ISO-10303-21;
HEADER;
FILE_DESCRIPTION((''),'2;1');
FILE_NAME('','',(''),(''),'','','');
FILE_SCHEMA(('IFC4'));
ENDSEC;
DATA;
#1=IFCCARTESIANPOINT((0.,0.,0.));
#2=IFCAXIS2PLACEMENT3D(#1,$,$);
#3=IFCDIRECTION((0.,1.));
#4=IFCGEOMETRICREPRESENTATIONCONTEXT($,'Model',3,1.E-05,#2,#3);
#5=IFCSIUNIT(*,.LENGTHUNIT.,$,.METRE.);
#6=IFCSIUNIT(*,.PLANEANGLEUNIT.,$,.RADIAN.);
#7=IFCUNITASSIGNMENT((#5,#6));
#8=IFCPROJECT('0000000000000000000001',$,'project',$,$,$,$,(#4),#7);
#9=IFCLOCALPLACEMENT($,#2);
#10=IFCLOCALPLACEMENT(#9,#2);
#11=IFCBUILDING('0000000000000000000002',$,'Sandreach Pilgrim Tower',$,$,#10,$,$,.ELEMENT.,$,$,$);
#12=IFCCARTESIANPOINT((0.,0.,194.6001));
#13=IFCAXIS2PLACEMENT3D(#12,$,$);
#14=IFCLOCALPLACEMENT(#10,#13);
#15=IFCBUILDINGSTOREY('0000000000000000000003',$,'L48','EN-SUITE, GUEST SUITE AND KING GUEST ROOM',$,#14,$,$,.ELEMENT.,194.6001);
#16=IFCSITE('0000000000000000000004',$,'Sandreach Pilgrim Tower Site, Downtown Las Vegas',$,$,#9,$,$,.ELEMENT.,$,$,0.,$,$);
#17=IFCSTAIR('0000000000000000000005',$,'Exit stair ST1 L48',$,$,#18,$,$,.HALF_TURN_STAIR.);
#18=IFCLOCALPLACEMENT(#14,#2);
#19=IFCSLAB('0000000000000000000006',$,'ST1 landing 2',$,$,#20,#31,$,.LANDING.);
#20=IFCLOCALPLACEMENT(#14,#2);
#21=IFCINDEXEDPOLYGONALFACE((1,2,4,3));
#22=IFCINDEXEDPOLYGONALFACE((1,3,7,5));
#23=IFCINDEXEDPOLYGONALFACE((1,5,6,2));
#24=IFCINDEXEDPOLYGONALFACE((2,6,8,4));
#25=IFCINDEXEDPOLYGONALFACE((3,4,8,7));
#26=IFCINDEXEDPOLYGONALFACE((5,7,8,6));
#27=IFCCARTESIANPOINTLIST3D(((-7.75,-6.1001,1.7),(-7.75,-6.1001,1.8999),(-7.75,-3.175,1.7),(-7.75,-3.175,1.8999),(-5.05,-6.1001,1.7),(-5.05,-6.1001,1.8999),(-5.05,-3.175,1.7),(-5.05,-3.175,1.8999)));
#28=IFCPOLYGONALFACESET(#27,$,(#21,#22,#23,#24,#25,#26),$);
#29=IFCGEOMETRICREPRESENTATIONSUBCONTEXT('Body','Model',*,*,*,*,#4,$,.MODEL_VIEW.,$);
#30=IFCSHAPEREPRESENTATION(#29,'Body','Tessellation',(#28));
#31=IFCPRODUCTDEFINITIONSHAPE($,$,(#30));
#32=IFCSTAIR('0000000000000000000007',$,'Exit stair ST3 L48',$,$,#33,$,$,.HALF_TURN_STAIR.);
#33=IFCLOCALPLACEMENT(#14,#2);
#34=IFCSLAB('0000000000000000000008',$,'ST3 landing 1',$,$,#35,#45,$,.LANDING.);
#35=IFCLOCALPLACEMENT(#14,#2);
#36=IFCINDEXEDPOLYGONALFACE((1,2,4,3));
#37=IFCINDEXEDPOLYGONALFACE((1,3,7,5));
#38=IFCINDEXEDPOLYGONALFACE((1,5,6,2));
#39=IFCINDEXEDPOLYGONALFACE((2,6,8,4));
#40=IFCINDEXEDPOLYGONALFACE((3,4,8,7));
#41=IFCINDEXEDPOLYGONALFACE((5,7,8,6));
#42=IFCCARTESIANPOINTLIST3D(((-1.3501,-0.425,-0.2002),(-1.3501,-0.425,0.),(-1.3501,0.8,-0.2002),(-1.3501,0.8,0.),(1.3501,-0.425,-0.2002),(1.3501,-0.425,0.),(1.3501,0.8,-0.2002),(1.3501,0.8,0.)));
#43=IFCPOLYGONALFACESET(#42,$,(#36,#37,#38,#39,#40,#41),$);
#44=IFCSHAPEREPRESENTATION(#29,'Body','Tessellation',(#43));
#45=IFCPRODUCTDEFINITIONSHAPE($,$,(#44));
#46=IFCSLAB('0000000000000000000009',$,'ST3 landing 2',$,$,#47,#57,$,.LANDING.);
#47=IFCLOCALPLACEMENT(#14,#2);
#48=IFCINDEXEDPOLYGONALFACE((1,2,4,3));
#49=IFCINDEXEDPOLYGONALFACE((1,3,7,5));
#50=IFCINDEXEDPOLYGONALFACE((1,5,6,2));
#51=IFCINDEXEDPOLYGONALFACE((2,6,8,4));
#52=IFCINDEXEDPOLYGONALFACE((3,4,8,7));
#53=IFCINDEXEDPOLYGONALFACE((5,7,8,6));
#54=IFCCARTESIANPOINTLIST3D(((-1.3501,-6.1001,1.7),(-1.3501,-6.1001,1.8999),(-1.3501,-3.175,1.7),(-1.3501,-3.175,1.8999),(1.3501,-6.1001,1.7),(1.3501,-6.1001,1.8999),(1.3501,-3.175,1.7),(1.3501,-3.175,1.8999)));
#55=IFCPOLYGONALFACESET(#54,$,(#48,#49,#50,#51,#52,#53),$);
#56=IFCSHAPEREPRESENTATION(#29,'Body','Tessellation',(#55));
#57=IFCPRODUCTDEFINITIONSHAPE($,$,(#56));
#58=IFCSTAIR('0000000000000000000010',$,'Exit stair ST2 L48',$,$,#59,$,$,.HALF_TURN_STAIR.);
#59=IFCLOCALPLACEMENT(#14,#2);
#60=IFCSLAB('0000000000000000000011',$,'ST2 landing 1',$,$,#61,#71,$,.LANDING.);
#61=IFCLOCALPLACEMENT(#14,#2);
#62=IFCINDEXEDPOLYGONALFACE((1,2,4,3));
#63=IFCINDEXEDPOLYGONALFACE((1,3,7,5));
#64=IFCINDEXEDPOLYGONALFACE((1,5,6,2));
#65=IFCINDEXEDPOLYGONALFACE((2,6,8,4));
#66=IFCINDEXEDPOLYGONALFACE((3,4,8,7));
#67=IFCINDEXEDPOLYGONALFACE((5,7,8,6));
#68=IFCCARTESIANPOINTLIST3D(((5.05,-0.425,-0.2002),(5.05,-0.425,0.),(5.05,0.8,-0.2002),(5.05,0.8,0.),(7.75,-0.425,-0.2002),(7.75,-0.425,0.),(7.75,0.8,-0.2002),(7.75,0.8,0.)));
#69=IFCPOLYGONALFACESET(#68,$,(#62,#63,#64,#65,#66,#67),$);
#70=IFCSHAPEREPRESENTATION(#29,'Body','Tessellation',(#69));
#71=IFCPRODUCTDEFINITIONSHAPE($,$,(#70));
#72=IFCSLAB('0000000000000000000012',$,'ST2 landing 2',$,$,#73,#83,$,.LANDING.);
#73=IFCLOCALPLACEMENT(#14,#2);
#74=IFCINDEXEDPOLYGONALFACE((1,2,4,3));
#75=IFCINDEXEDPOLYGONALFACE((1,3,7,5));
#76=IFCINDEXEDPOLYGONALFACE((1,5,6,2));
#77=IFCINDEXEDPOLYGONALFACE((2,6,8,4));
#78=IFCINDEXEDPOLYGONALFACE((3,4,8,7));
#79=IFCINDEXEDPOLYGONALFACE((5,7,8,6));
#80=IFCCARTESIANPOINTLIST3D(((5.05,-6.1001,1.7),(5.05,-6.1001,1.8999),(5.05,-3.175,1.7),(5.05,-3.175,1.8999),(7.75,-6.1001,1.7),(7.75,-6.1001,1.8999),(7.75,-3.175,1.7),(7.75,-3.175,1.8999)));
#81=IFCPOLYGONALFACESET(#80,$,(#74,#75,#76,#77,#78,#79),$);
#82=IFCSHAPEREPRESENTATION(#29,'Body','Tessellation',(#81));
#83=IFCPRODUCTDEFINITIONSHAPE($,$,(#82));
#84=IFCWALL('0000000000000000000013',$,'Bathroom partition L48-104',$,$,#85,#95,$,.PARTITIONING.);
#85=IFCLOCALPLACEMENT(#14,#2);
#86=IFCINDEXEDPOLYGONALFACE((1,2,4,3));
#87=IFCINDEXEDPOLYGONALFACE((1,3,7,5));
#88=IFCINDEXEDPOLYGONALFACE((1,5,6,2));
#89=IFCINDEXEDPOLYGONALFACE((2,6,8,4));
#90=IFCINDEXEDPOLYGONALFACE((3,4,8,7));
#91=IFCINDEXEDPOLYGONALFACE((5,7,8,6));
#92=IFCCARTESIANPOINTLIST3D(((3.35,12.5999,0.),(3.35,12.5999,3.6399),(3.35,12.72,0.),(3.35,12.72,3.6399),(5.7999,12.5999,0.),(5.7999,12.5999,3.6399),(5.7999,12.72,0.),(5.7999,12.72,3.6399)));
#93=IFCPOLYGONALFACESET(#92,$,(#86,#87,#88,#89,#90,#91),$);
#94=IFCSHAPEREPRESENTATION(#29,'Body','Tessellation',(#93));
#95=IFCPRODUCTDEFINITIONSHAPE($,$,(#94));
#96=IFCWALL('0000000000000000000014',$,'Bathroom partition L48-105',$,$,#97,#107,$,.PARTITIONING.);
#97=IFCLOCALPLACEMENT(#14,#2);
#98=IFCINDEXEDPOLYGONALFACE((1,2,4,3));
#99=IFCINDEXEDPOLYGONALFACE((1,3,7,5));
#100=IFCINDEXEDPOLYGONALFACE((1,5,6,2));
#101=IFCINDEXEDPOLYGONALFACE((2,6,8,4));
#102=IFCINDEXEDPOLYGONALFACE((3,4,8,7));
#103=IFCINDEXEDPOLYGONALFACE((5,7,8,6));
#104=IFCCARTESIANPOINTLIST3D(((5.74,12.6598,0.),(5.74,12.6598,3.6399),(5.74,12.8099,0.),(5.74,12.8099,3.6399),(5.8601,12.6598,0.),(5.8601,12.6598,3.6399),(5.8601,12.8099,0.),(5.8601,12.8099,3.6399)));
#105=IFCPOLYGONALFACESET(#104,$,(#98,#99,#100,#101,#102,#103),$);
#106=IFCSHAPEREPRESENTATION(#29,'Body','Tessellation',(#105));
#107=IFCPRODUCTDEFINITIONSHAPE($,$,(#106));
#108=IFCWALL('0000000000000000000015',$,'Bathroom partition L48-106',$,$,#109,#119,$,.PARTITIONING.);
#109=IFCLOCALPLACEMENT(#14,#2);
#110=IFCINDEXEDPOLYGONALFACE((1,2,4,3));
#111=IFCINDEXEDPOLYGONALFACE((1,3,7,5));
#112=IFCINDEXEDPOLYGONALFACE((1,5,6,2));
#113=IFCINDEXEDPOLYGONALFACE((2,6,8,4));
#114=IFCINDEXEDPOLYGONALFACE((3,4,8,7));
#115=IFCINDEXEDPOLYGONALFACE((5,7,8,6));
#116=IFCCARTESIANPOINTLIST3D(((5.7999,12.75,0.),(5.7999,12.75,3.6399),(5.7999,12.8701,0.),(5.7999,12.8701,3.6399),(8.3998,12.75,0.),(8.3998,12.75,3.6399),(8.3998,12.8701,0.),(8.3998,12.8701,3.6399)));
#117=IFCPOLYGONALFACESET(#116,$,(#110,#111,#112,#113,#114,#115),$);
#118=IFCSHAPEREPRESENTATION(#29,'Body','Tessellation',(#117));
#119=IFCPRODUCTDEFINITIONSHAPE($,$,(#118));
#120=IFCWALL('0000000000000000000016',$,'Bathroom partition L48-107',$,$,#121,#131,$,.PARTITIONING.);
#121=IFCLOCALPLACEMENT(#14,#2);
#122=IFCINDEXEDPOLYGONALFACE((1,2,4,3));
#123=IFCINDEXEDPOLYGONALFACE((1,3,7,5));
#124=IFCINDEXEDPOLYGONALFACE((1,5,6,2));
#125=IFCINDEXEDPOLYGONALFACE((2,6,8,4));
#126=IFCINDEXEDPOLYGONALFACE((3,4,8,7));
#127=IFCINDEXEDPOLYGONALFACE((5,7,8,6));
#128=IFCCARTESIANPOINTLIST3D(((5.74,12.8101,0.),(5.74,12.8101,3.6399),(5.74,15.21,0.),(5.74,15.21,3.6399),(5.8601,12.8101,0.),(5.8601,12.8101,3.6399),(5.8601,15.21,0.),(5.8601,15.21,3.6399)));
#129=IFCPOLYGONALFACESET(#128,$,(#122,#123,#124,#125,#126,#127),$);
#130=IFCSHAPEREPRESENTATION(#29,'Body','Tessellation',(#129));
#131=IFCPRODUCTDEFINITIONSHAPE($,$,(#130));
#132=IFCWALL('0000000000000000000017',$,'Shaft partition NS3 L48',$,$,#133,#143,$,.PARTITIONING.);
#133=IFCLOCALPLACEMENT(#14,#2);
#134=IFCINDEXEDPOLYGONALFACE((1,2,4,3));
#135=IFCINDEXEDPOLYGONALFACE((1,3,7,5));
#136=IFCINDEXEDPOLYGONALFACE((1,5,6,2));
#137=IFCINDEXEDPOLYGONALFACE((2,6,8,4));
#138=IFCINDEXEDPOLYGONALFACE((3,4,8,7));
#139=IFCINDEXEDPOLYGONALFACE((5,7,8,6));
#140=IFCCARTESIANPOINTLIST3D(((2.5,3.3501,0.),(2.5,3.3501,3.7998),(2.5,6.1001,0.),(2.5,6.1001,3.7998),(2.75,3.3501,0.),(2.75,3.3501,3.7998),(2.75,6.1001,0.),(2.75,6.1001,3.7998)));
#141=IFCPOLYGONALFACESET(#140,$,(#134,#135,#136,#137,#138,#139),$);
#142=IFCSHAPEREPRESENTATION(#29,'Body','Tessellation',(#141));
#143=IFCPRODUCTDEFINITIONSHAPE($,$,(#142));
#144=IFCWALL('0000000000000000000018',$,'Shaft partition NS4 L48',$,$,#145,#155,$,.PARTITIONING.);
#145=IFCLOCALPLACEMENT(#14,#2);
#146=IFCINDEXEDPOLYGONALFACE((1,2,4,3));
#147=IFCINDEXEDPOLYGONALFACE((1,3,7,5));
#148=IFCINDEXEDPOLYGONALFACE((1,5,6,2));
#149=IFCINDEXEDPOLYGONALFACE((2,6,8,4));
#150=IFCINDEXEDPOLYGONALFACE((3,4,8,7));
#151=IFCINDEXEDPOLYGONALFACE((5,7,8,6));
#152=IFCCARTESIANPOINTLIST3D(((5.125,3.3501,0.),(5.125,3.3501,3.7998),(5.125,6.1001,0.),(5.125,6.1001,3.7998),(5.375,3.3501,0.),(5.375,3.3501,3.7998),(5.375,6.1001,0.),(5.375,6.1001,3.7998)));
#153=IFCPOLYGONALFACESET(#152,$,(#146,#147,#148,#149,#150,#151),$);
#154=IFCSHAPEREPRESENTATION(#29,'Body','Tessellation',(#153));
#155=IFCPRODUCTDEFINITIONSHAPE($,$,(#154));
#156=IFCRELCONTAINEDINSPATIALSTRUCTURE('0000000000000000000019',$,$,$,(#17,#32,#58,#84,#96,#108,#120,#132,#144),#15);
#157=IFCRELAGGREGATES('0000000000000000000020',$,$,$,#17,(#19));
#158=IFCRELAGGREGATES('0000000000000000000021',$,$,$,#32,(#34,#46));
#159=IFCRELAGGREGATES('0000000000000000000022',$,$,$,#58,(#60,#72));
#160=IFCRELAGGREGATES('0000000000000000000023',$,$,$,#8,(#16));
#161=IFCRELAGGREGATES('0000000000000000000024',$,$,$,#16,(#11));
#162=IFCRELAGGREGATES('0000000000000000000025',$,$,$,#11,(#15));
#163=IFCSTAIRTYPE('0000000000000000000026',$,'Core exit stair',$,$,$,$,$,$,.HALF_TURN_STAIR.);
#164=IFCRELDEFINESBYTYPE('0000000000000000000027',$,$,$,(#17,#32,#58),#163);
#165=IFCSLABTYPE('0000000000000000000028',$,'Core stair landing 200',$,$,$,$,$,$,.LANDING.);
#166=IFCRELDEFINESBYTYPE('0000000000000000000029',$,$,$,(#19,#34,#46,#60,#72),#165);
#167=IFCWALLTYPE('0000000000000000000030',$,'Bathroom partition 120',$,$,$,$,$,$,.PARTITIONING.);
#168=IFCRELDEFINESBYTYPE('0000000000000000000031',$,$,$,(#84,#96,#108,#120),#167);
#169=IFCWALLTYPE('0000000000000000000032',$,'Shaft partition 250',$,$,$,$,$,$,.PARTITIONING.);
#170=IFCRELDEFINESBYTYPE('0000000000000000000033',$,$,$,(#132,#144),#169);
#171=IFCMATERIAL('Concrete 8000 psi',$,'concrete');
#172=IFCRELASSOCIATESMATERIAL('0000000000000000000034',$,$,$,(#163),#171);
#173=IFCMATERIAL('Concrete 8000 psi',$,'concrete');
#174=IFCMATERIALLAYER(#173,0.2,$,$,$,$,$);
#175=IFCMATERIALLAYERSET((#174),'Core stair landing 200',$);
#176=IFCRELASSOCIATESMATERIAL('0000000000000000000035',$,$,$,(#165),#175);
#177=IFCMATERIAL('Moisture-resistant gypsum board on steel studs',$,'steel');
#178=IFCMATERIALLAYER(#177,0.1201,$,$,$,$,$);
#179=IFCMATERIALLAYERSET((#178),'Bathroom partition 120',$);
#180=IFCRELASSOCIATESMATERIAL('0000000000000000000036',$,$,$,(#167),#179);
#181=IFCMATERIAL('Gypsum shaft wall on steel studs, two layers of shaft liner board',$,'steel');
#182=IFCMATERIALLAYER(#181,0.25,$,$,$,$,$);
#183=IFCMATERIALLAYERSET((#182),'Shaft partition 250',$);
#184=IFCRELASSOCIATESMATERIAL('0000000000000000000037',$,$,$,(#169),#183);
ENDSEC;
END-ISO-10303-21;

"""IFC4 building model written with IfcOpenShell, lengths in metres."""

from ifc_helpers import new_model, si_unit, direction, frame, frame_2d, origin, place, context, subcontext, project, spatial, polyline, rectangle, outline, extrude, material, layer, layer_set, type_object, element, aggregate, save


model = new_model("IFC4")

# Units and contexts
model_context = context("Model", 3, precision=1e-05, world=origin(), true_north=direction((0.0, 1.0)))
body_context = subcontext(model_context, "Body", "Model", "MODEL_VIEW")
ifc_project = project(units=[si_unit("LENGTHUNIT", "METRE"), si_unit("PLANEANGLEUNIT", "RADIAN")], contexts=[model_context])

# Site, building, storey
site_placement = place(None, origin())
site = spatial("IfcSite", under=ifc_project, at=site_placement, Name="Sandreach Pilgrim Tower Site, Downtown Las Vegas", CompositionType="ELEMENT", RefElevation=0.0)
building_placement = place(site_placement, origin())
building = spatial("IfcBuilding", under=site, at=building_placement, Name="Sandreach Pilgrim Tower", CompositionType="ELEMENT")
storey_placement = place(building_placement, frame((0.0, 0.0, 194.6001)))
storey = spatial("IfcBuildingStorey", under=building, at=storey_placement, Name="L48", Description="EN-SUITE, GUEST SUITE AND KING GUEST ROOM", CompositionType="ELEMENT", Elevation=194.6001)

# Stair, slab
ifc_material_1 = material(Name="Concrete 8000 psi", Category="concrete")
stair_type = type_object("IfcStairType", Name="Core exit stair", PredefinedType="HALF_TURN_STAIR", material=ifc_material_1)
stair_1_placement = place(storey_placement, origin())
stair_1 = element("IfcStair", 1, at=stair_1_placement, inside=storey, type_object=stair_type, Name="Exit stair ST1 L48", PredefinedType="HALF_TURN_STAIR")
ifc_material_2 = material(Name="Concrete 8000 psi", Category="concrete")
ifc_layer_1 = layer(ifc_material_2, 0.2)
ifc_layer_set_1 = layer_set([ifc_layer_1], Name="Core stair landing 200")
slab_type = type_object("IfcSlabType", Name="Core stair landing 200", PredefinedType="LANDING", material=ifc_layer_set_1)
slab_1_placement = place(storey_placement, frame((0.0, 0.0, 1.7)))
slab_1 = element("IfcSlab", 2, at=slab_1_placement, type_object=slab_type, Name="ST1 landing 2", PredefinedType="LANDING", context=body_context, shape_type="SweptSolid", body=[
    extrude(outline(polyline([(-7.75, -6.1001), (-5.05, -6.1001), (-5.05, -3.175), (-7.75, -3.175), (-7.75, -6.1001)])), origin(), (0.0, 0.0, 1.0), 0.2),
])
aggregate(stair_1, [slab_1])

# Stairs, slabs
stair_2_placement = place(storey_placement, origin())
stair_2 = element("IfcStair", 3, at=stair_2_placement, inside=storey, type_object=stair_type, Name="Exit stair ST3 L48", PredefinedType="HALF_TURN_STAIR")
slab_2_placement = place(storey_placement, frame((0.0, 0.0, -0.2002)))
slab_2 = element("IfcSlab", 4, at=slab_2_placement, type_object=slab_type, Name="ST3 landing 1", PredefinedType="LANDING", context=body_context, shape_type="SweptSolid", body=[
    extrude(outline(polyline([(-1.3501, -0.425), (1.3501, -0.425), (1.3501, 0.8), (-1.3501, 0.8), (-1.3501, -0.425)])), origin(), (0.0, 0.0, 1.0), 0.2002),
])
slab_3_placement = place(storey_placement, frame((0.0, 0.0, 1.7)))
slab_3 = element("IfcSlab", 5, at=slab_3_placement, type_object=slab_type, Name="ST3 landing 2", PredefinedType="LANDING", context=body_context, shape_type="SweptSolid", body=[
    extrude(outline(polyline([(-1.3501, -6.1001), (1.3501, -6.1001), (1.3501, -3.175), (-1.3501, -3.175), (-1.3501, -6.1001)])), origin(), (0.0, 0.0, 1.0), 0.2),
])
aggregate(stair_2, [slab_2, slab_3])
stair_3_placement = place(storey_placement, origin())
stair_3 = element("IfcStair", 6, at=stair_3_placement, inside=storey, type_object=stair_type, Name="Exit stair ST2 L48", PredefinedType="HALF_TURN_STAIR")
slab_4_placement = place(storey_placement, frame((0.0, 0.0, -0.2002)))
slab_4 = element("IfcSlab", 7, at=slab_4_placement, type_object=slab_type, Name="ST2 landing 1", PredefinedType="LANDING", context=body_context, shape_type="SweptSolid", body=[
    extrude(outline(polyline([(5.05, -0.425), (7.75, -0.425), (7.75, 0.8), (5.05, 0.8), (5.05, -0.425)])), origin(), (0.0, 0.0, 1.0), 0.2002),
])
slab_5_placement = place(storey_placement, frame((0.0, 0.0, 1.7)))
slab_5 = element("IfcSlab", 8, at=slab_5_placement, type_object=slab_type, Name="ST2 landing 2", PredefinedType="LANDING", context=body_context, shape_type="SweptSolid", body=[
    extrude(outline(polyline([(5.05, -6.1001), (7.75, -6.1001), (7.75, -3.175), (5.05, -3.175), (5.05, -6.1001)])), origin(), (0.0, 0.0, 1.0), 0.2),
])
aggregate(stair_3, [slab_4, slab_5])

# Walls
ifc_material_3 = material(Name="Moisture-resistant gypsum board on steel studs", Category="steel")
ifc_layer_2 = layer(ifc_material_3, 0.1201)
ifc_layer_set_2 = layer_set([ifc_layer_2], Name="Bathroom partition 120")
wall_type_1 = type_object("IfcWallType", Name="Bathroom partition 120", PredefinedType="PARTITIONING", material=ifc_layer_set_2)
wall_1_placement = place(storey_placement, frame((5.8, 12.6599, 0.0), z_axis=(0.0, 0.0, 1.0), x_axis=(-1.0, 0.0, 0.0)))
element("IfcWall", 9, at=wall_1_placement, inside=storey, type_object=wall_type_1, Name="Bathroom partition L48-104", PredefinedType="PARTITIONING", context=body_context, shape_type="SweptSolid", body=[
    extrude(rectangle(XDim=2.45, YDim=0.1201, at=frame_2d((1.2251, 0.0))), origin(), (0.0, 0.0, 1.0), 3.6399),
])
wall_2_placement = place(storey_placement, frame((5.8, 12.8101, 0.0), z_axis=(0.0, 0.0, 1.0), x_axis=(0.0, -1.0, 0.0)))
element("IfcWall", 10, at=wall_2_placement, inside=storey, type_object=wall_type_1, Name="Bathroom partition L48-105", PredefinedType="PARTITIONING", context=body_context, shape_type="SweptSolid", body=[
    extrude(rectangle(XDim=0.1501, YDim=0.1201, at=frame_2d((0.0752, 0.0))), origin(), (0.0, 0.0, 1.0), 3.6399),
])
wall_3_placement = place(storey_placement, frame((5.8, 12.8101, 0.0), z_axis=(0.0, 0.0, 1.0), x_axis=(1.0, 0.0, 0.0)))
element("IfcWall", 11, at=wall_3_placement, inside=storey, type_object=wall_type_1, Name="Bathroom partition L48-106", PredefinedType="PARTITIONING", context=body_context, shape_type="SweptSolid", body=[
    extrude(rectangle(XDim=2.5999, YDim=0.1201, at=frame_2d((1.2998, 0.0))), origin(), (0.0, 0.0, 1.0), 3.6399),
])
wall_4_placement = place(storey_placement, frame((5.8, 15.21, 0.0), z_axis=(0.0, 0.0, 1.0), x_axis=(0.0, -1.0, 0.0)))
element("IfcWall", 12, at=wall_4_placement, inside=storey, type_object=wall_type_1, Name="Bathroom partition L48-107", PredefinedType="PARTITIONING", context=body_context, shape_type="SweptSolid", body=[
    extrude(rectangle(XDim=2.3999, YDim=0.1201, at=frame_2d((1.2, 0.0))), origin(), (0.0, 0.0, 1.0), 3.6399),
])

# Walls
ifc_material_4 = material(Name="Gypsum shaft wall on steel studs, two layers of shaft liner board", Category="steel")
ifc_layer_3 = layer(ifc_material_4, 0.25)
ifc_layer_set_3 = layer_set([ifc_layer_3], Name="Shaft partition 250")
wall_type_2 = type_object("IfcWallType", Name="Shaft partition 250", PredefinedType="PARTITIONING", material=ifc_layer_set_3)
for number, where, z_axis, x_axis, name in (
    (13, (2.625, 3.3501, 0.0), (0.0, 0.0, 1.0), (0.0, 1.0, 0.0), "Shaft partition NS3 L48"),
    (14, (5.25, 3.3501, 0.0), (0.0, 0.0, 1.0), (0.0, 1.0, 0.0), "Shaft partition NS4 L48"),
):
    element("IfcWall", number, at=place(storey_placement, frame(where, z_axis=z_axis, x_axis=x_axis)), inside=storey, type_object=wall_type_2, Name=name, PredefinedType="PARTITIONING", context=body_context, shape_type="SweptSolid", body=[
        extrude(rectangle(XDim=2.75, YDim=0.25, at=frame_2d((1.375, 0.0))), origin(), (0.0, 0.0, 1.0), 3.7998),
    ])

save(model, "model.ifc")
